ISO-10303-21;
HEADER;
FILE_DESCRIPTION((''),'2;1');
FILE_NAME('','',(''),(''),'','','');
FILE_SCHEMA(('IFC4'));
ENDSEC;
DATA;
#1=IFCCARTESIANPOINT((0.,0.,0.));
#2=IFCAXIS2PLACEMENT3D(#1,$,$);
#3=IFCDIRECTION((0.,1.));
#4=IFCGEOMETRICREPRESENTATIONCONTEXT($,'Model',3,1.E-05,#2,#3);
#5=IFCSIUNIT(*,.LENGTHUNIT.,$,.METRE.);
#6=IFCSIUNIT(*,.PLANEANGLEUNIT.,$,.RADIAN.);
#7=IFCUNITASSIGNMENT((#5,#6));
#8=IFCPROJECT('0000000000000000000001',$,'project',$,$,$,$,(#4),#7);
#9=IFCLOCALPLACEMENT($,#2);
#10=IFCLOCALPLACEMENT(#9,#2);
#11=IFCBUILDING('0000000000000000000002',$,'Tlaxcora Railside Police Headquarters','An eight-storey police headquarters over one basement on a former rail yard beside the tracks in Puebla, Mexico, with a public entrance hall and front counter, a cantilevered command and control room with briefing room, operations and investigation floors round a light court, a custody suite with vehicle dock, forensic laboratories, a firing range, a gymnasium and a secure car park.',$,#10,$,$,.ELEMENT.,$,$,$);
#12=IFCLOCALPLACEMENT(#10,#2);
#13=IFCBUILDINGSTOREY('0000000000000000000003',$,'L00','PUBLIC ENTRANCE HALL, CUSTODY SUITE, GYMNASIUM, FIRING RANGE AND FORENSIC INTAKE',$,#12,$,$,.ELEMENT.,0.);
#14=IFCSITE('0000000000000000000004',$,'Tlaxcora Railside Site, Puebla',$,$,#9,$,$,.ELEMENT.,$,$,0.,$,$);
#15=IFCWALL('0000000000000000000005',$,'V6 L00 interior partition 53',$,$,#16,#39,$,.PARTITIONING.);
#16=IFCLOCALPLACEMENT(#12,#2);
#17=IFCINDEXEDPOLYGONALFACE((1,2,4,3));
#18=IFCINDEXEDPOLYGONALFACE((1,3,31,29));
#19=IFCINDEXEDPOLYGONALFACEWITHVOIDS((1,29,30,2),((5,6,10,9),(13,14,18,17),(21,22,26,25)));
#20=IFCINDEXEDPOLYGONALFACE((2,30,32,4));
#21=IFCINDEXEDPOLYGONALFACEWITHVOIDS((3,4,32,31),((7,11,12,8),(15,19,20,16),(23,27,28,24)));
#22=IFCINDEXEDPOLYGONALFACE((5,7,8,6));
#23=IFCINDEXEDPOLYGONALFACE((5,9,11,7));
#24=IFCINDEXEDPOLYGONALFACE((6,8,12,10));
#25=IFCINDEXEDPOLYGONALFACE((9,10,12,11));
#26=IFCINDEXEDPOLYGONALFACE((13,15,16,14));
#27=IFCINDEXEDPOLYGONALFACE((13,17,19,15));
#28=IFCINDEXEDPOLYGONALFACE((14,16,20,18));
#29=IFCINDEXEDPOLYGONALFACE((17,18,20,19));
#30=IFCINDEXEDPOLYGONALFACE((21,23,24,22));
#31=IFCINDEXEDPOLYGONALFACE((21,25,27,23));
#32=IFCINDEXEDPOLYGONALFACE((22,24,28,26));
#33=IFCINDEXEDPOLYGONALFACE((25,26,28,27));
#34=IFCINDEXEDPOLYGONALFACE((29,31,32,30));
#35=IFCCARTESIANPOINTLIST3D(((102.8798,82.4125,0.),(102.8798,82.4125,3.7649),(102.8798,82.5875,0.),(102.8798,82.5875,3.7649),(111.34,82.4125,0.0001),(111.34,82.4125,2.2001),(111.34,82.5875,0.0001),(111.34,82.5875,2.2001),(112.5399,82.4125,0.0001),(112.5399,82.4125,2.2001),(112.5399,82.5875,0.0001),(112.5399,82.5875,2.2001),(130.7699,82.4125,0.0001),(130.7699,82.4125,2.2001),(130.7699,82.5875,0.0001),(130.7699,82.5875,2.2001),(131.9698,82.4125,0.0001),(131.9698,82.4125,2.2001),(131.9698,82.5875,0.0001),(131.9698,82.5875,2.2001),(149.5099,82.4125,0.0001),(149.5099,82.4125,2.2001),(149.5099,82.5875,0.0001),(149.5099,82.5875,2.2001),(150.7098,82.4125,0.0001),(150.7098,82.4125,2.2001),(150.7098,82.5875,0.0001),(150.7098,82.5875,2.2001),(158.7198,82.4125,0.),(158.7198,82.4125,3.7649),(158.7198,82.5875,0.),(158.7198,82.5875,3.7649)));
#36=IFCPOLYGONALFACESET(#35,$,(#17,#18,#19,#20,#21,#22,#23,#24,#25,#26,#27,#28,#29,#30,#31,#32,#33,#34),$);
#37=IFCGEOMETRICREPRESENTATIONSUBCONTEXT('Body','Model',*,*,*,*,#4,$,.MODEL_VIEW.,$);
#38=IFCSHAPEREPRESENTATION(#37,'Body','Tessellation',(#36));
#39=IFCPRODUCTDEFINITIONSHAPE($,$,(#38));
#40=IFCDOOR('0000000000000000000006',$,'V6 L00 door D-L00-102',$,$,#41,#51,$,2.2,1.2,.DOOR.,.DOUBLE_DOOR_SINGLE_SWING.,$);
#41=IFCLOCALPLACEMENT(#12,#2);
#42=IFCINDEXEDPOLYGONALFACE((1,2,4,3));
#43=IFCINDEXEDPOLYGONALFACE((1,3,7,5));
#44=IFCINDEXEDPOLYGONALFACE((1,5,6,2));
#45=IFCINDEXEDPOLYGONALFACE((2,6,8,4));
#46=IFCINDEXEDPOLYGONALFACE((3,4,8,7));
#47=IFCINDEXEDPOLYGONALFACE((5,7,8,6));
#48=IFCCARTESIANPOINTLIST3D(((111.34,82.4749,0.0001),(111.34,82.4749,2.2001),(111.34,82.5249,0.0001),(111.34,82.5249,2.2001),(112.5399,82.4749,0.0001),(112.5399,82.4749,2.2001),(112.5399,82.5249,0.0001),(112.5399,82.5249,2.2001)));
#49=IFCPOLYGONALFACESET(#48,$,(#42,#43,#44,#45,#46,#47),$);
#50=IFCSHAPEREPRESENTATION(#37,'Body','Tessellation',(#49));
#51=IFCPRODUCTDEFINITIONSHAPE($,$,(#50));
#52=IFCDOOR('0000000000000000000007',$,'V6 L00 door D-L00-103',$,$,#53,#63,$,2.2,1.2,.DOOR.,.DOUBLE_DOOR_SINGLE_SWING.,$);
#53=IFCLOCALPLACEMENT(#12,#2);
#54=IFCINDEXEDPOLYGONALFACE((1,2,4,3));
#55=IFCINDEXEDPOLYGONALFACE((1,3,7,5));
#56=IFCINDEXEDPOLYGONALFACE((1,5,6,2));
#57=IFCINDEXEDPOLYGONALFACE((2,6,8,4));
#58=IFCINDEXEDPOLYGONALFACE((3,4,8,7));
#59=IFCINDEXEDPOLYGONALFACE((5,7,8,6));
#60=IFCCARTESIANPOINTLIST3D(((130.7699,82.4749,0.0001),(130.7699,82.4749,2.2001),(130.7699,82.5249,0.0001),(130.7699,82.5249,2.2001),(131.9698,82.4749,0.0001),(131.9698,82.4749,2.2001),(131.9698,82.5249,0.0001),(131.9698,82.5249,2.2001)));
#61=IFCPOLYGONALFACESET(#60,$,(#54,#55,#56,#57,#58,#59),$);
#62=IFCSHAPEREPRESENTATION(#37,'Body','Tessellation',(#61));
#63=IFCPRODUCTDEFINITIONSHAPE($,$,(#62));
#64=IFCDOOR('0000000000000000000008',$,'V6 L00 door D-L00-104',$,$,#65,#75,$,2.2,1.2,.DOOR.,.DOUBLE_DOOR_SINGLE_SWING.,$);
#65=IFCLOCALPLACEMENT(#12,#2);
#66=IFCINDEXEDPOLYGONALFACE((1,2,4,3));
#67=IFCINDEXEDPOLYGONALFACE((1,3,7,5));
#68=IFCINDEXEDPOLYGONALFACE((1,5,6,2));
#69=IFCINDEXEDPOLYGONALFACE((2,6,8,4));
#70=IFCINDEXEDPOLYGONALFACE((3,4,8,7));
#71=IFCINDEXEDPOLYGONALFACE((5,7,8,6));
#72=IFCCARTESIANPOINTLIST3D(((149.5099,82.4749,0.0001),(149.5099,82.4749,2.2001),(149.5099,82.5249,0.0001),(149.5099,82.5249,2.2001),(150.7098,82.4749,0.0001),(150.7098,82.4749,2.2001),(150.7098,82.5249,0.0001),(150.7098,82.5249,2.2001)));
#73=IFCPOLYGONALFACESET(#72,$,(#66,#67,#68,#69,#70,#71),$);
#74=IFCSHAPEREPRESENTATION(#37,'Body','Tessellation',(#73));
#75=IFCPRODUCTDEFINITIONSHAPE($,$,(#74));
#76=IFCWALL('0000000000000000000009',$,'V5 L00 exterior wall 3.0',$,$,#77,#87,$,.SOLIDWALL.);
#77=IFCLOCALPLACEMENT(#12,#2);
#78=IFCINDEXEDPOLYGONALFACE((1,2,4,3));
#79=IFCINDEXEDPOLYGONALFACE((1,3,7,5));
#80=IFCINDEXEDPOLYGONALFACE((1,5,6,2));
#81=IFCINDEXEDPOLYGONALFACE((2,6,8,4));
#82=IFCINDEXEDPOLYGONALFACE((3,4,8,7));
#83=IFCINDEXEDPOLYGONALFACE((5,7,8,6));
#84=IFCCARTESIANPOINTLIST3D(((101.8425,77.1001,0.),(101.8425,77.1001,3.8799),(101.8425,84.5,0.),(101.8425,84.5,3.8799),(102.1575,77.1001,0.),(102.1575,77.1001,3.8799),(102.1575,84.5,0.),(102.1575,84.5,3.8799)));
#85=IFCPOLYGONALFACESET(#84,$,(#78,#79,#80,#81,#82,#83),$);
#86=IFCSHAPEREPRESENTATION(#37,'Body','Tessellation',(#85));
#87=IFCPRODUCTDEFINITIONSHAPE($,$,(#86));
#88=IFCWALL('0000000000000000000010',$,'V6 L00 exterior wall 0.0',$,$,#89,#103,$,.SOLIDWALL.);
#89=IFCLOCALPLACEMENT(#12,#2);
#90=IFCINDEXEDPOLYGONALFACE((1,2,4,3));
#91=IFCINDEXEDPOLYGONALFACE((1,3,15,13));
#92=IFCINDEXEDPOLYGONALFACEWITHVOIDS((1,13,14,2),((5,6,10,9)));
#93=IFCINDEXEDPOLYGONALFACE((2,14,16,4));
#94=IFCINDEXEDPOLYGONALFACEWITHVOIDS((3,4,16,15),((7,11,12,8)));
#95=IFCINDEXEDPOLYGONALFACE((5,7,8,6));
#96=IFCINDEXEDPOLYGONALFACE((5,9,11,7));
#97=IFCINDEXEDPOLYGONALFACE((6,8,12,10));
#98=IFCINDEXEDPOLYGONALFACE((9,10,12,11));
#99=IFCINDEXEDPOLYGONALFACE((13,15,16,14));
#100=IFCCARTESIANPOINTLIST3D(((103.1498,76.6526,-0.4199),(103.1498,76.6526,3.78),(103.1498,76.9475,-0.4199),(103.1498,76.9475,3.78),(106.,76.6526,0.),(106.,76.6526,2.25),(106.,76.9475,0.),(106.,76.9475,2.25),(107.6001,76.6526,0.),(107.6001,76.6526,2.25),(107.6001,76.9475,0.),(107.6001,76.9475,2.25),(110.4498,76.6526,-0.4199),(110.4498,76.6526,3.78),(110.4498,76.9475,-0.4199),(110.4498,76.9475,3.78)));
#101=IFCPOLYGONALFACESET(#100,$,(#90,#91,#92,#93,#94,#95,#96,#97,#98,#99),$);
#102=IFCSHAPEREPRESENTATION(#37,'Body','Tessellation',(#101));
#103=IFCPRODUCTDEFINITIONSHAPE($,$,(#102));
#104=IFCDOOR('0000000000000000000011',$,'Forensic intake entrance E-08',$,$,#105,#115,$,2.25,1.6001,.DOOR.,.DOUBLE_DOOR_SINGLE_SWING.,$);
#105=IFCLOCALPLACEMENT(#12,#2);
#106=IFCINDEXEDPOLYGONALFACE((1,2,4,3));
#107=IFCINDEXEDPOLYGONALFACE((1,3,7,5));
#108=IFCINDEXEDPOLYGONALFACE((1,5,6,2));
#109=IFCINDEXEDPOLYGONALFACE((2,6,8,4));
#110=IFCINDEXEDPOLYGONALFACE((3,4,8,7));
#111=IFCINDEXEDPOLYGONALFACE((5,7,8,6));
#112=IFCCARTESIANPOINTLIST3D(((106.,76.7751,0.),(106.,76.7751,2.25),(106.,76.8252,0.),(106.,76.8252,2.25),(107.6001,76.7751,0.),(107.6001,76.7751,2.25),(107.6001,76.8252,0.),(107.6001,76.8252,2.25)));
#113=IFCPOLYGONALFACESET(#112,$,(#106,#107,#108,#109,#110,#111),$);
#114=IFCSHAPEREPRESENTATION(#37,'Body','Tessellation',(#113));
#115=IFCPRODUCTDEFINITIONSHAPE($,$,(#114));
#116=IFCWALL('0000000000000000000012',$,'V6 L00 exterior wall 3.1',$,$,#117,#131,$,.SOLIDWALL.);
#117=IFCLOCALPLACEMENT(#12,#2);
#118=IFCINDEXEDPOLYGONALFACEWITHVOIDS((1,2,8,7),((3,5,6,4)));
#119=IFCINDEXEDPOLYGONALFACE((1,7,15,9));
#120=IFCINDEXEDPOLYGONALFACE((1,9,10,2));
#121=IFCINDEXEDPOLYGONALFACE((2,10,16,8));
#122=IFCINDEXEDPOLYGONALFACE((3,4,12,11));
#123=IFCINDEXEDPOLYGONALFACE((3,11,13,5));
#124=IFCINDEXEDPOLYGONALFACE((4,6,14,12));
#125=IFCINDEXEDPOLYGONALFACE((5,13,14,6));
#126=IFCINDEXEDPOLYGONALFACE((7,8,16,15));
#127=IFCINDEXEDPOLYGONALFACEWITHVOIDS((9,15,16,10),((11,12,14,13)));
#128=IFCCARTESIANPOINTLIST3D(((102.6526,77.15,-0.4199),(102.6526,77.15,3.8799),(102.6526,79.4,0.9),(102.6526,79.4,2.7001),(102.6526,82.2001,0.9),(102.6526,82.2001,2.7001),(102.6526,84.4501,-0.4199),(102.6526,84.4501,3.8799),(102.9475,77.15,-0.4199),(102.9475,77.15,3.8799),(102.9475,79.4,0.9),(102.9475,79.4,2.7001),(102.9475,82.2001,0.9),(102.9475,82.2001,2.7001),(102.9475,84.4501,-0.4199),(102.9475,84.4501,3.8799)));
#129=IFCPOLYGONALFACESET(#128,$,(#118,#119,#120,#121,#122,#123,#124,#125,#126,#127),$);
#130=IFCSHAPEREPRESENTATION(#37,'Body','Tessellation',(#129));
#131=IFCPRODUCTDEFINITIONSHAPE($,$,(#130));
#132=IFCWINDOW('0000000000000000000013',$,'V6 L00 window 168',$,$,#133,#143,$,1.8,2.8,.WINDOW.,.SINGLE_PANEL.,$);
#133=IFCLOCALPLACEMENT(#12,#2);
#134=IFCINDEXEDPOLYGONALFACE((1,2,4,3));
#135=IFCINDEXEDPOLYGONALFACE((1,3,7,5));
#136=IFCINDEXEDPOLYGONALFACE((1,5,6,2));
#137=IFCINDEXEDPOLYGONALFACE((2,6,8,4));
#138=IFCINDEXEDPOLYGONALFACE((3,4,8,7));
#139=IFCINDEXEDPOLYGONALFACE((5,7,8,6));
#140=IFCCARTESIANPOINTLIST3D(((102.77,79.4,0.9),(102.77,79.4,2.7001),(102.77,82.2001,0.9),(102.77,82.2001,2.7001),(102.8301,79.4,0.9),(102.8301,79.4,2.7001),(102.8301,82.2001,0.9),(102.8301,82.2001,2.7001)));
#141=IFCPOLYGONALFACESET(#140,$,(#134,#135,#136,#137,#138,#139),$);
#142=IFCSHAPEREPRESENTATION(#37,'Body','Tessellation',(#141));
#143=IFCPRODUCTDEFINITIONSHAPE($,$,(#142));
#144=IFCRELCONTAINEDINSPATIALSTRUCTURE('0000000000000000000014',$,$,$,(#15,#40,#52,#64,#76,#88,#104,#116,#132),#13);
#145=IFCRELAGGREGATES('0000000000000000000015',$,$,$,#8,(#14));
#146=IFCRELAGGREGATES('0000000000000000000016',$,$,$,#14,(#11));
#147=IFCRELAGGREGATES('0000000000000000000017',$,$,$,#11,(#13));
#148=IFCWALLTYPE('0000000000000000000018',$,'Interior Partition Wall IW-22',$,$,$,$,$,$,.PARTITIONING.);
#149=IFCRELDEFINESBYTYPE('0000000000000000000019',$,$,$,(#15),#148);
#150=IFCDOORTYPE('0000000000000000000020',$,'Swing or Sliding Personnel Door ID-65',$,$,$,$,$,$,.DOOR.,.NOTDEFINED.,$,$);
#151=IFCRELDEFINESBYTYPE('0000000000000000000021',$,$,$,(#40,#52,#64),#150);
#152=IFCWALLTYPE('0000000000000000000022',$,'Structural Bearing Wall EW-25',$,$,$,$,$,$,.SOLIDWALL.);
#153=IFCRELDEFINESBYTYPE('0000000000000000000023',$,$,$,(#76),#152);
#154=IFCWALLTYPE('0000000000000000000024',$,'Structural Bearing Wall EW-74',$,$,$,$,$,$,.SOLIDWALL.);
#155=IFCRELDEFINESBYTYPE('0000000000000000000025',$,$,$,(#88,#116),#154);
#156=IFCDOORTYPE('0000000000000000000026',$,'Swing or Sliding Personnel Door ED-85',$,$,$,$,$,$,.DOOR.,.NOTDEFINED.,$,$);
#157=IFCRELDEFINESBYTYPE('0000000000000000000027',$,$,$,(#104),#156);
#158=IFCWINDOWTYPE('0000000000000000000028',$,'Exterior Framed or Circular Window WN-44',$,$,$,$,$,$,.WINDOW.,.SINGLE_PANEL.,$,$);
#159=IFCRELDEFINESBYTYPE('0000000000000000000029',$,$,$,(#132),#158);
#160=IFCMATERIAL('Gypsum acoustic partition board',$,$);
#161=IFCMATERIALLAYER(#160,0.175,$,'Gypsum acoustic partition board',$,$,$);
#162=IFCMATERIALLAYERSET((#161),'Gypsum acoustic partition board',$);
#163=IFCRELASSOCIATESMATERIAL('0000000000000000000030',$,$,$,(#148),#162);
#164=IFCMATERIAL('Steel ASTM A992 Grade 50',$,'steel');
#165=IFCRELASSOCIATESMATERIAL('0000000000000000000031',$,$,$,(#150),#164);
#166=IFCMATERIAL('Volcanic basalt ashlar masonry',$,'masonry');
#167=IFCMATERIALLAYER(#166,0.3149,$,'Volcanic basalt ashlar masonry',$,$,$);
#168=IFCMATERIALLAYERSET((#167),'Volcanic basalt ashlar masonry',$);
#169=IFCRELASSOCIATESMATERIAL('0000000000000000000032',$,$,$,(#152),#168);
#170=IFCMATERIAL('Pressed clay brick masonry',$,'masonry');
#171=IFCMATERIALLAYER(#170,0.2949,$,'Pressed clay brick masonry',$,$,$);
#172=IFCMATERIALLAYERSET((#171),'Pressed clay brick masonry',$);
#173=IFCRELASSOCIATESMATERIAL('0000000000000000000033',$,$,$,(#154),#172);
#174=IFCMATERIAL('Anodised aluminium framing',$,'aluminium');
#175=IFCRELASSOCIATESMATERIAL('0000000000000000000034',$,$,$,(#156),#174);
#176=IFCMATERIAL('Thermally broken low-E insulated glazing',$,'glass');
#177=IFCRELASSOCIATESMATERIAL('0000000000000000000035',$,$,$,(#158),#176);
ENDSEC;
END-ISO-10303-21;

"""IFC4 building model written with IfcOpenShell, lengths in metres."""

from ifc_helpers import new_model, si_unit, direction, frame, frame_2d, origin, place, context, subcontext, project, spatial, rectangle, extrude, material, layer, layer_set, type_object, element, fill, save


model = new_model("IFC4")

# Units and contexts
model_context = context("Model", 3, precision=1e-05, world=origin(), true_north=direction((0.0, 1.0)))
body_context = subcontext(model_context, "Body", "Model", "MODEL_VIEW")
ifc_project = project(units=[si_unit("LENGTHUNIT", "METRE"), si_unit("PLANEANGLEUNIT", "RADIAN")], contexts=[model_context])

# Site, building, storey
site_placement = place(None, origin())
site = spatial("IfcSite", under=ifc_project, at=site_placement, Name="Tlaxcora Railside Site, Puebla", CompositionType="ELEMENT", RefElevation=0.0)
building_placement = place(site_placement, origin())
building = spatial("IfcBuilding", under=site, at=building_placement, Name="Tlaxcora Railside Police Headquarters", Description="An eight-storey police headquarters over one basement on a former rail yard beside the tracks in Puebla, Mexico, with a public entrance hall and front counter, a cantilevered command and control room with briefing room, operations and investigation floors round a light court, a custody suite with vehicle dock, forensic laboratories, a firing range, a gymnasium and a secure car park.", CompositionType="ELEMENT")
storey_placement = place(building_placement, origin())
storey = spatial("IfcBuildingStorey", under=building, at=storey_placement, Name="L00", Description="PUBLIC ENTRANCE HALL, CUSTODY SUITE, GYMNASIUM, FIRING RANGE AND FORENSIC INTAKE", CompositionType="ELEMENT", Elevation=0.0)

# Wall, openings, doors
ifc_material_1 = material(Name="Gypsum acoustic partition board")
ifc_layer_1 = layer(ifc_material_1, 0.175, Name="Gypsum acoustic partition board")
ifc_layer_set_1 = layer_set([ifc_layer_1], Name="Gypsum acoustic partition board")
wall_type_1 = type_object("IfcWallType", Name="Interior Partition Wall IW-22", PredefinedType="PARTITIONING", material=ifc_layer_set_1)
wall_1_placement = place(storey_placement, frame((102.8799, 82.5, 0.0), z_axis=(0.0, 0.0, 1.0), x_axis=(1.0, 0.0, 0.0)))
wall_1 = element("IfcWall", 1, at=wall_1_placement, inside=storey, type_object=wall_type_1, Name="V6 L00 interior partition 53", PredefinedType="PARTITIONING", context=body_context, shape_type="SweptSolid", body=[
    extrude(rectangle(XDim=55.8401, YDim=0.175, at=frame_2d((27.9199, 0.0))), origin(), (0.0, 0.0, 1.0), 3.7649),
])
opening_1_placement = place(wall_1_placement, frame((8.46, 0.0, 0.0)))
opening_1 = element("IfcOpeningElement", 2, at=opening_1_placement, cuts=wall_1, PredefinedType="OPENING", context=body_context, shape_type="SweptSolid", body=[
    extrude(rectangle(XDim=1.2, YDim=2.2, at=frame_2d((0.6001, 1.1001))), frame((0.0, 0.0977, 0.0), z_axis=(0.0, -1.0, 0.0), x_axis=(1.0, 0.0, 0.0)), (0.0, 0.0, 1.0), 0.1951),
])
opening_2_placement = place(wall_1_placement, frame((27.8899, 0.0, 0.0)))
opening_2 = element("IfcOpeningElement", 3, at=opening_2_placement, cuts=wall_1, PredefinedType="OPENING", context=body_context, shape_type="SweptSolid", body=[
    extrude(rectangle(XDim=1.2, YDim=2.2, at=frame_2d((0.6001, 1.1001))), frame((0.0, 0.0977, 0.0), z_axis=(0.0, -1.0, 0.0), x_axis=(1.0, 0.0, 0.0)), (0.0, 0.0, 1.0), 0.1951),
])
opening_3_placement = place(wall_1_placement, frame((46.6299, 0.0, 0.0)))
opening_3 = element("IfcOpeningElement", 4, at=opening_3_placement, cuts=wall_1, PredefinedType="OPENING", context=body_context, shape_type="SweptSolid", body=[
    extrude(rectangle(XDim=1.2, YDim=2.2, at=frame_2d((0.6001, 1.1001))), frame((0.0, 0.0977, 0.0), z_axis=(0.0, -1.0, 0.0), x_axis=(1.0, 0.0, 0.0)), (0.0, 0.0, 1.0), 0.1951),
])
ifc_material_2 = material(Name="Steel ASTM A992 Grade 50", Category="steel")
door_type_1 = type_object("IfcDoorType", Name="Swing or Sliding Personnel Door ID-65", OperationType="NOTDEFINED", PredefinedType="DOOR", material=ifc_material_2)
door_1_placement = place(opening_1_placement, origin())
door_1 = element("IfcDoor", 5, at=door_1_placement, inside=storey, type_object=door_type_1, Name="V6 L00 door D-L00-102", OperationType="DOUBLE_DOOR_SINGLE_SWING", OverallHeight=2.2, OverallWidth=1.2, PredefinedType="DOOR", context=body_context, shape_type="SweptSolid", body=[
    extrude(rectangle(XDim=1.2, YDim=2.2, at=frame_2d((0.6001, 1.1001))), frame((0.0, 0.0249, 0.0), z_axis=(0.0, -1.0, 0.0), x_axis=(1.0, 0.0, 0.0)), (0.0, 0.0, 1.0), 0.05),
])
fill(opening_1, door_1)
door_2_placement = place(opening_2_placement, origin())
door_2 = element("IfcDoor", 6, at=door_2_placement, inside=storey, type_object=door_type_1, Name="V6 L00 door D-L00-103", OperationType="DOUBLE_DOOR_SINGLE_SWING", OverallHeight=2.2, OverallWidth=1.2, PredefinedType="DOOR", context=body_context, shape_type="SweptSolid", body=[
    extrude(rectangle(XDim=1.2, YDim=2.2, at=frame_2d((0.6001, 1.1001))), frame((0.0, 0.0249, 0.0), z_axis=(0.0, -1.0, 0.0), x_axis=(1.0, 0.0, 0.0)), (0.0, 0.0, 1.0), 0.05),
])
fill(opening_2, door_2)
door_3_placement = place(opening_3_placement, origin())
door_3 = element("IfcDoor", 7, at=door_3_placement, inside=storey, type_object=door_type_1, Name="V6 L00 door D-L00-104", OperationType="DOUBLE_DOOR_SINGLE_SWING", OverallHeight=2.2, OverallWidth=1.2, PredefinedType="DOOR", context=body_context, shape_type="SweptSolid", body=[
    extrude(rectangle(XDim=1.2, YDim=2.2, at=frame_2d((0.6001, 1.1001))), frame((0.0, 0.0249, 0.0), z_axis=(0.0, -1.0, 0.0), x_axis=(1.0, 0.0, 0.0)), (0.0, 0.0, 1.0), 0.05),
])
fill(opening_3, door_3)

# Wall
ifc_material_3 = material(Name="Volcanic basalt ashlar masonry", Category="masonry")
ifc_layer_2 = layer(ifc_material_3, 0.3149, Name="Volcanic basalt ashlar masonry")
ifc_layer_set_2 = layer_set([ifc_layer_2], Name="Volcanic basalt ashlar masonry")
wall_type_2 = type_object("IfcWallType", Name="Structural Bearing Wall EW-25", PredefinedType="SOLIDWALL", material=ifc_layer_set_2)
wall_2_placement = place(storey_placement, frame((102.0, 77.1001, 0.0), z_axis=(0.0, 0.0, 1.0), x_axis=(0.0, 1.0, 0.0)))
element("IfcWall", 8, at=wall_2_placement, inside=storey, type_object=wall_type_2, Name="V5 L00 exterior wall 3.0", PredefinedType="SOLIDWALL", context=body_context, shape_type="SweptSolid", body=[
    extrude(rectangle(XDim=7.3999, YDim=0.3149, at=frame_2d((3.7, 0.0))), origin(), (0.0, 0.0, 1.0), 3.8799),
])

# Wall, opening, door
ifc_material_4 = material(Name="Pressed clay brick masonry", Category="masonry")
ifc_layer_3 = layer(ifc_material_4, 0.2949, Name="Pressed clay brick masonry")
ifc_layer_set_3 = layer_set([ifc_layer_3], Name="Pressed clay brick masonry")
wall_type_3 = type_object("IfcWallType", Name="Structural Bearing Wall EW-74", PredefinedType="SOLIDWALL", material=ifc_layer_set_3)
wall_3_placement = place(storey_placement, frame((103.1499, 76.8, -0.4199), z_axis=(0.0, 0.0, 1.0), x_axis=(1.0, 0.0, 0.0)))
wall_3 = element("IfcWall", 9, at=wall_3_placement, inside=storey, type_object=wall_type_3, Name="V6 L00 exterior wall 0.0", PredefinedType="SOLIDWALL", context=body_context, shape_type="SweptSolid", body=[
    extrude(rectangle(XDim=7.3, YDim=0.2949, at=frame_2d((3.6499, 0.0))), origin(), (0.0, 0.0, 1.0), 4.2),
])
opening_4_placement = place(wall_3_placement, frame((2.8501, 0.0, 0.4199)))
opening_4 = element("IfcOpeningElement", 10, at=opening_4_placement, cuts=wall_3, PredefinedType="OPENING", context=body_context, shape_type="SweptSolid", body=[
    extrude(rectangle(XDim=1.6001, YDim=2.25, at=frame_2d((0.8, 1.125))), frame((0.0, 0.1575, 0.0), z_axis=(0.0, -1.0, 0.0), x_axis=(1.0, 0.0, 0.0)), (0.0, 0.0, 1.0), 0.3149),
])
ifc_material_5 = material(Name="Anodised aluminium framing", Category="aluminium")
door_type_2 = type_object("IfcDoorType", Name="Swing or Sliding Personnel Door ED-85", OperationType="NOTDEFINED", PredefinedType="DOOR", material=ifc_material_5)
door_4_placement = place(opening_4_placement, frame((1.6001, 0.0, 0.0), z_axis=(0.0, 0.0, 1.0), x_axis=(-1.0, 0.0, 0.0)))
door_4 = element("IfcDoor", 11, at=door_4_placement, inside=storey, type_object=door_type_2, Name="Forensic intake entrance E-08", OperationType="DOUBLE_DOOR_SINGLE_SWING", OverallHeight=2.25, OverallWidth=1.6001, PredefinedType="DOOR", context=body_context, shape_type="SweptSolid", body=[
    extrude(rectangle(XDim=1.6001, YDim=2.25, at=frame_2d((0.8, 1.125))), frame((0.0, 0.0249, 0.0), z_axis=(0.0, -1.0, 0.0), x_axis=(1.0, 0.0, 0.0)), (0.0, 0.0, 1.0), 0.05),
])
fill(opening_4, door_4)

# Wall, opening, window
wall_4_placement = place(storey_placement, frame((102.8, 84.45, -0.4199), z_axis=(0.0, 0.0, 1.0), x_axis=(0.0, -1.0, 0.0)))
wall_4 = element("IfcWall", 12, at=wall_4_placement, inside=storey, type_object=wall_type_3, Name="V6 L00 exterior wall 3.1", PredefinedType="SOLIDWALL", context=body_context, shape_type="SweptSolid", body=[
    extrude(rectangle(XDim=7.3, YDim=0.2949, at=frame_2d((3.6499, 0.0))), origin(), (0.0, 0.0, 1.0), 4.2998),
])
opening_5_placement = place(wall_4_placement, frame((2.25, 0.0, 1.3201)))
opening_5 = element("IfcOpeningElement", 13, at=opening_5_placement, cuts=wall_4, PredefinedType="OPENING", context=body_context, shape_type="SweptSolid", body=[
    extrude(rectangle(XDim=2.8, YDim=1.8, at=frame_2d((1.3999, 0.8999))), frame((0.0, 0.1575, 0.0), z_axis=(0.0, -1.0, 0.0), x_axis=(1.0, 0.0, 0.0)), (0.0, 0.0, 1.0), 0.3149),
])
ifc_material_6 = material(Name="Thermally broken low-E insulated glazing", Category="glass")
window_type = type_object("IfcWindowType", Name="Exterior Framed or Circular Window WN-44", PartitioningType="SINGLE_PANEL", PredefinedType="WINDOW", material=ifc_material_6)
window_placement = place(opening_5_placement, origin())
window = element("IfcWindow", 14, at=window_placement, inside=storey, type_object=window_type, Name="V6 L00 window 168", OverallHeight=1.8, OverallWidth=2.8, PartitioningType="SINGLE_PANEL", PredefinedType="WINDOW", context=body_context, shape_type="SweptSolid", body=[
    extrude(rectangle(XDim=2.8, YDim=1.8, at=frame_2d((1.3999, 0.8999))), frame((0.0, 0.03, 0.0), z_axis=(0.0, -1.0, 0.0), x_axis=(1.0, 0.0, 0.0)), (0.0, 0.0, 1.0), 0.0601),
])
fill(opening_5, window)

save(model, "model.ifc")
